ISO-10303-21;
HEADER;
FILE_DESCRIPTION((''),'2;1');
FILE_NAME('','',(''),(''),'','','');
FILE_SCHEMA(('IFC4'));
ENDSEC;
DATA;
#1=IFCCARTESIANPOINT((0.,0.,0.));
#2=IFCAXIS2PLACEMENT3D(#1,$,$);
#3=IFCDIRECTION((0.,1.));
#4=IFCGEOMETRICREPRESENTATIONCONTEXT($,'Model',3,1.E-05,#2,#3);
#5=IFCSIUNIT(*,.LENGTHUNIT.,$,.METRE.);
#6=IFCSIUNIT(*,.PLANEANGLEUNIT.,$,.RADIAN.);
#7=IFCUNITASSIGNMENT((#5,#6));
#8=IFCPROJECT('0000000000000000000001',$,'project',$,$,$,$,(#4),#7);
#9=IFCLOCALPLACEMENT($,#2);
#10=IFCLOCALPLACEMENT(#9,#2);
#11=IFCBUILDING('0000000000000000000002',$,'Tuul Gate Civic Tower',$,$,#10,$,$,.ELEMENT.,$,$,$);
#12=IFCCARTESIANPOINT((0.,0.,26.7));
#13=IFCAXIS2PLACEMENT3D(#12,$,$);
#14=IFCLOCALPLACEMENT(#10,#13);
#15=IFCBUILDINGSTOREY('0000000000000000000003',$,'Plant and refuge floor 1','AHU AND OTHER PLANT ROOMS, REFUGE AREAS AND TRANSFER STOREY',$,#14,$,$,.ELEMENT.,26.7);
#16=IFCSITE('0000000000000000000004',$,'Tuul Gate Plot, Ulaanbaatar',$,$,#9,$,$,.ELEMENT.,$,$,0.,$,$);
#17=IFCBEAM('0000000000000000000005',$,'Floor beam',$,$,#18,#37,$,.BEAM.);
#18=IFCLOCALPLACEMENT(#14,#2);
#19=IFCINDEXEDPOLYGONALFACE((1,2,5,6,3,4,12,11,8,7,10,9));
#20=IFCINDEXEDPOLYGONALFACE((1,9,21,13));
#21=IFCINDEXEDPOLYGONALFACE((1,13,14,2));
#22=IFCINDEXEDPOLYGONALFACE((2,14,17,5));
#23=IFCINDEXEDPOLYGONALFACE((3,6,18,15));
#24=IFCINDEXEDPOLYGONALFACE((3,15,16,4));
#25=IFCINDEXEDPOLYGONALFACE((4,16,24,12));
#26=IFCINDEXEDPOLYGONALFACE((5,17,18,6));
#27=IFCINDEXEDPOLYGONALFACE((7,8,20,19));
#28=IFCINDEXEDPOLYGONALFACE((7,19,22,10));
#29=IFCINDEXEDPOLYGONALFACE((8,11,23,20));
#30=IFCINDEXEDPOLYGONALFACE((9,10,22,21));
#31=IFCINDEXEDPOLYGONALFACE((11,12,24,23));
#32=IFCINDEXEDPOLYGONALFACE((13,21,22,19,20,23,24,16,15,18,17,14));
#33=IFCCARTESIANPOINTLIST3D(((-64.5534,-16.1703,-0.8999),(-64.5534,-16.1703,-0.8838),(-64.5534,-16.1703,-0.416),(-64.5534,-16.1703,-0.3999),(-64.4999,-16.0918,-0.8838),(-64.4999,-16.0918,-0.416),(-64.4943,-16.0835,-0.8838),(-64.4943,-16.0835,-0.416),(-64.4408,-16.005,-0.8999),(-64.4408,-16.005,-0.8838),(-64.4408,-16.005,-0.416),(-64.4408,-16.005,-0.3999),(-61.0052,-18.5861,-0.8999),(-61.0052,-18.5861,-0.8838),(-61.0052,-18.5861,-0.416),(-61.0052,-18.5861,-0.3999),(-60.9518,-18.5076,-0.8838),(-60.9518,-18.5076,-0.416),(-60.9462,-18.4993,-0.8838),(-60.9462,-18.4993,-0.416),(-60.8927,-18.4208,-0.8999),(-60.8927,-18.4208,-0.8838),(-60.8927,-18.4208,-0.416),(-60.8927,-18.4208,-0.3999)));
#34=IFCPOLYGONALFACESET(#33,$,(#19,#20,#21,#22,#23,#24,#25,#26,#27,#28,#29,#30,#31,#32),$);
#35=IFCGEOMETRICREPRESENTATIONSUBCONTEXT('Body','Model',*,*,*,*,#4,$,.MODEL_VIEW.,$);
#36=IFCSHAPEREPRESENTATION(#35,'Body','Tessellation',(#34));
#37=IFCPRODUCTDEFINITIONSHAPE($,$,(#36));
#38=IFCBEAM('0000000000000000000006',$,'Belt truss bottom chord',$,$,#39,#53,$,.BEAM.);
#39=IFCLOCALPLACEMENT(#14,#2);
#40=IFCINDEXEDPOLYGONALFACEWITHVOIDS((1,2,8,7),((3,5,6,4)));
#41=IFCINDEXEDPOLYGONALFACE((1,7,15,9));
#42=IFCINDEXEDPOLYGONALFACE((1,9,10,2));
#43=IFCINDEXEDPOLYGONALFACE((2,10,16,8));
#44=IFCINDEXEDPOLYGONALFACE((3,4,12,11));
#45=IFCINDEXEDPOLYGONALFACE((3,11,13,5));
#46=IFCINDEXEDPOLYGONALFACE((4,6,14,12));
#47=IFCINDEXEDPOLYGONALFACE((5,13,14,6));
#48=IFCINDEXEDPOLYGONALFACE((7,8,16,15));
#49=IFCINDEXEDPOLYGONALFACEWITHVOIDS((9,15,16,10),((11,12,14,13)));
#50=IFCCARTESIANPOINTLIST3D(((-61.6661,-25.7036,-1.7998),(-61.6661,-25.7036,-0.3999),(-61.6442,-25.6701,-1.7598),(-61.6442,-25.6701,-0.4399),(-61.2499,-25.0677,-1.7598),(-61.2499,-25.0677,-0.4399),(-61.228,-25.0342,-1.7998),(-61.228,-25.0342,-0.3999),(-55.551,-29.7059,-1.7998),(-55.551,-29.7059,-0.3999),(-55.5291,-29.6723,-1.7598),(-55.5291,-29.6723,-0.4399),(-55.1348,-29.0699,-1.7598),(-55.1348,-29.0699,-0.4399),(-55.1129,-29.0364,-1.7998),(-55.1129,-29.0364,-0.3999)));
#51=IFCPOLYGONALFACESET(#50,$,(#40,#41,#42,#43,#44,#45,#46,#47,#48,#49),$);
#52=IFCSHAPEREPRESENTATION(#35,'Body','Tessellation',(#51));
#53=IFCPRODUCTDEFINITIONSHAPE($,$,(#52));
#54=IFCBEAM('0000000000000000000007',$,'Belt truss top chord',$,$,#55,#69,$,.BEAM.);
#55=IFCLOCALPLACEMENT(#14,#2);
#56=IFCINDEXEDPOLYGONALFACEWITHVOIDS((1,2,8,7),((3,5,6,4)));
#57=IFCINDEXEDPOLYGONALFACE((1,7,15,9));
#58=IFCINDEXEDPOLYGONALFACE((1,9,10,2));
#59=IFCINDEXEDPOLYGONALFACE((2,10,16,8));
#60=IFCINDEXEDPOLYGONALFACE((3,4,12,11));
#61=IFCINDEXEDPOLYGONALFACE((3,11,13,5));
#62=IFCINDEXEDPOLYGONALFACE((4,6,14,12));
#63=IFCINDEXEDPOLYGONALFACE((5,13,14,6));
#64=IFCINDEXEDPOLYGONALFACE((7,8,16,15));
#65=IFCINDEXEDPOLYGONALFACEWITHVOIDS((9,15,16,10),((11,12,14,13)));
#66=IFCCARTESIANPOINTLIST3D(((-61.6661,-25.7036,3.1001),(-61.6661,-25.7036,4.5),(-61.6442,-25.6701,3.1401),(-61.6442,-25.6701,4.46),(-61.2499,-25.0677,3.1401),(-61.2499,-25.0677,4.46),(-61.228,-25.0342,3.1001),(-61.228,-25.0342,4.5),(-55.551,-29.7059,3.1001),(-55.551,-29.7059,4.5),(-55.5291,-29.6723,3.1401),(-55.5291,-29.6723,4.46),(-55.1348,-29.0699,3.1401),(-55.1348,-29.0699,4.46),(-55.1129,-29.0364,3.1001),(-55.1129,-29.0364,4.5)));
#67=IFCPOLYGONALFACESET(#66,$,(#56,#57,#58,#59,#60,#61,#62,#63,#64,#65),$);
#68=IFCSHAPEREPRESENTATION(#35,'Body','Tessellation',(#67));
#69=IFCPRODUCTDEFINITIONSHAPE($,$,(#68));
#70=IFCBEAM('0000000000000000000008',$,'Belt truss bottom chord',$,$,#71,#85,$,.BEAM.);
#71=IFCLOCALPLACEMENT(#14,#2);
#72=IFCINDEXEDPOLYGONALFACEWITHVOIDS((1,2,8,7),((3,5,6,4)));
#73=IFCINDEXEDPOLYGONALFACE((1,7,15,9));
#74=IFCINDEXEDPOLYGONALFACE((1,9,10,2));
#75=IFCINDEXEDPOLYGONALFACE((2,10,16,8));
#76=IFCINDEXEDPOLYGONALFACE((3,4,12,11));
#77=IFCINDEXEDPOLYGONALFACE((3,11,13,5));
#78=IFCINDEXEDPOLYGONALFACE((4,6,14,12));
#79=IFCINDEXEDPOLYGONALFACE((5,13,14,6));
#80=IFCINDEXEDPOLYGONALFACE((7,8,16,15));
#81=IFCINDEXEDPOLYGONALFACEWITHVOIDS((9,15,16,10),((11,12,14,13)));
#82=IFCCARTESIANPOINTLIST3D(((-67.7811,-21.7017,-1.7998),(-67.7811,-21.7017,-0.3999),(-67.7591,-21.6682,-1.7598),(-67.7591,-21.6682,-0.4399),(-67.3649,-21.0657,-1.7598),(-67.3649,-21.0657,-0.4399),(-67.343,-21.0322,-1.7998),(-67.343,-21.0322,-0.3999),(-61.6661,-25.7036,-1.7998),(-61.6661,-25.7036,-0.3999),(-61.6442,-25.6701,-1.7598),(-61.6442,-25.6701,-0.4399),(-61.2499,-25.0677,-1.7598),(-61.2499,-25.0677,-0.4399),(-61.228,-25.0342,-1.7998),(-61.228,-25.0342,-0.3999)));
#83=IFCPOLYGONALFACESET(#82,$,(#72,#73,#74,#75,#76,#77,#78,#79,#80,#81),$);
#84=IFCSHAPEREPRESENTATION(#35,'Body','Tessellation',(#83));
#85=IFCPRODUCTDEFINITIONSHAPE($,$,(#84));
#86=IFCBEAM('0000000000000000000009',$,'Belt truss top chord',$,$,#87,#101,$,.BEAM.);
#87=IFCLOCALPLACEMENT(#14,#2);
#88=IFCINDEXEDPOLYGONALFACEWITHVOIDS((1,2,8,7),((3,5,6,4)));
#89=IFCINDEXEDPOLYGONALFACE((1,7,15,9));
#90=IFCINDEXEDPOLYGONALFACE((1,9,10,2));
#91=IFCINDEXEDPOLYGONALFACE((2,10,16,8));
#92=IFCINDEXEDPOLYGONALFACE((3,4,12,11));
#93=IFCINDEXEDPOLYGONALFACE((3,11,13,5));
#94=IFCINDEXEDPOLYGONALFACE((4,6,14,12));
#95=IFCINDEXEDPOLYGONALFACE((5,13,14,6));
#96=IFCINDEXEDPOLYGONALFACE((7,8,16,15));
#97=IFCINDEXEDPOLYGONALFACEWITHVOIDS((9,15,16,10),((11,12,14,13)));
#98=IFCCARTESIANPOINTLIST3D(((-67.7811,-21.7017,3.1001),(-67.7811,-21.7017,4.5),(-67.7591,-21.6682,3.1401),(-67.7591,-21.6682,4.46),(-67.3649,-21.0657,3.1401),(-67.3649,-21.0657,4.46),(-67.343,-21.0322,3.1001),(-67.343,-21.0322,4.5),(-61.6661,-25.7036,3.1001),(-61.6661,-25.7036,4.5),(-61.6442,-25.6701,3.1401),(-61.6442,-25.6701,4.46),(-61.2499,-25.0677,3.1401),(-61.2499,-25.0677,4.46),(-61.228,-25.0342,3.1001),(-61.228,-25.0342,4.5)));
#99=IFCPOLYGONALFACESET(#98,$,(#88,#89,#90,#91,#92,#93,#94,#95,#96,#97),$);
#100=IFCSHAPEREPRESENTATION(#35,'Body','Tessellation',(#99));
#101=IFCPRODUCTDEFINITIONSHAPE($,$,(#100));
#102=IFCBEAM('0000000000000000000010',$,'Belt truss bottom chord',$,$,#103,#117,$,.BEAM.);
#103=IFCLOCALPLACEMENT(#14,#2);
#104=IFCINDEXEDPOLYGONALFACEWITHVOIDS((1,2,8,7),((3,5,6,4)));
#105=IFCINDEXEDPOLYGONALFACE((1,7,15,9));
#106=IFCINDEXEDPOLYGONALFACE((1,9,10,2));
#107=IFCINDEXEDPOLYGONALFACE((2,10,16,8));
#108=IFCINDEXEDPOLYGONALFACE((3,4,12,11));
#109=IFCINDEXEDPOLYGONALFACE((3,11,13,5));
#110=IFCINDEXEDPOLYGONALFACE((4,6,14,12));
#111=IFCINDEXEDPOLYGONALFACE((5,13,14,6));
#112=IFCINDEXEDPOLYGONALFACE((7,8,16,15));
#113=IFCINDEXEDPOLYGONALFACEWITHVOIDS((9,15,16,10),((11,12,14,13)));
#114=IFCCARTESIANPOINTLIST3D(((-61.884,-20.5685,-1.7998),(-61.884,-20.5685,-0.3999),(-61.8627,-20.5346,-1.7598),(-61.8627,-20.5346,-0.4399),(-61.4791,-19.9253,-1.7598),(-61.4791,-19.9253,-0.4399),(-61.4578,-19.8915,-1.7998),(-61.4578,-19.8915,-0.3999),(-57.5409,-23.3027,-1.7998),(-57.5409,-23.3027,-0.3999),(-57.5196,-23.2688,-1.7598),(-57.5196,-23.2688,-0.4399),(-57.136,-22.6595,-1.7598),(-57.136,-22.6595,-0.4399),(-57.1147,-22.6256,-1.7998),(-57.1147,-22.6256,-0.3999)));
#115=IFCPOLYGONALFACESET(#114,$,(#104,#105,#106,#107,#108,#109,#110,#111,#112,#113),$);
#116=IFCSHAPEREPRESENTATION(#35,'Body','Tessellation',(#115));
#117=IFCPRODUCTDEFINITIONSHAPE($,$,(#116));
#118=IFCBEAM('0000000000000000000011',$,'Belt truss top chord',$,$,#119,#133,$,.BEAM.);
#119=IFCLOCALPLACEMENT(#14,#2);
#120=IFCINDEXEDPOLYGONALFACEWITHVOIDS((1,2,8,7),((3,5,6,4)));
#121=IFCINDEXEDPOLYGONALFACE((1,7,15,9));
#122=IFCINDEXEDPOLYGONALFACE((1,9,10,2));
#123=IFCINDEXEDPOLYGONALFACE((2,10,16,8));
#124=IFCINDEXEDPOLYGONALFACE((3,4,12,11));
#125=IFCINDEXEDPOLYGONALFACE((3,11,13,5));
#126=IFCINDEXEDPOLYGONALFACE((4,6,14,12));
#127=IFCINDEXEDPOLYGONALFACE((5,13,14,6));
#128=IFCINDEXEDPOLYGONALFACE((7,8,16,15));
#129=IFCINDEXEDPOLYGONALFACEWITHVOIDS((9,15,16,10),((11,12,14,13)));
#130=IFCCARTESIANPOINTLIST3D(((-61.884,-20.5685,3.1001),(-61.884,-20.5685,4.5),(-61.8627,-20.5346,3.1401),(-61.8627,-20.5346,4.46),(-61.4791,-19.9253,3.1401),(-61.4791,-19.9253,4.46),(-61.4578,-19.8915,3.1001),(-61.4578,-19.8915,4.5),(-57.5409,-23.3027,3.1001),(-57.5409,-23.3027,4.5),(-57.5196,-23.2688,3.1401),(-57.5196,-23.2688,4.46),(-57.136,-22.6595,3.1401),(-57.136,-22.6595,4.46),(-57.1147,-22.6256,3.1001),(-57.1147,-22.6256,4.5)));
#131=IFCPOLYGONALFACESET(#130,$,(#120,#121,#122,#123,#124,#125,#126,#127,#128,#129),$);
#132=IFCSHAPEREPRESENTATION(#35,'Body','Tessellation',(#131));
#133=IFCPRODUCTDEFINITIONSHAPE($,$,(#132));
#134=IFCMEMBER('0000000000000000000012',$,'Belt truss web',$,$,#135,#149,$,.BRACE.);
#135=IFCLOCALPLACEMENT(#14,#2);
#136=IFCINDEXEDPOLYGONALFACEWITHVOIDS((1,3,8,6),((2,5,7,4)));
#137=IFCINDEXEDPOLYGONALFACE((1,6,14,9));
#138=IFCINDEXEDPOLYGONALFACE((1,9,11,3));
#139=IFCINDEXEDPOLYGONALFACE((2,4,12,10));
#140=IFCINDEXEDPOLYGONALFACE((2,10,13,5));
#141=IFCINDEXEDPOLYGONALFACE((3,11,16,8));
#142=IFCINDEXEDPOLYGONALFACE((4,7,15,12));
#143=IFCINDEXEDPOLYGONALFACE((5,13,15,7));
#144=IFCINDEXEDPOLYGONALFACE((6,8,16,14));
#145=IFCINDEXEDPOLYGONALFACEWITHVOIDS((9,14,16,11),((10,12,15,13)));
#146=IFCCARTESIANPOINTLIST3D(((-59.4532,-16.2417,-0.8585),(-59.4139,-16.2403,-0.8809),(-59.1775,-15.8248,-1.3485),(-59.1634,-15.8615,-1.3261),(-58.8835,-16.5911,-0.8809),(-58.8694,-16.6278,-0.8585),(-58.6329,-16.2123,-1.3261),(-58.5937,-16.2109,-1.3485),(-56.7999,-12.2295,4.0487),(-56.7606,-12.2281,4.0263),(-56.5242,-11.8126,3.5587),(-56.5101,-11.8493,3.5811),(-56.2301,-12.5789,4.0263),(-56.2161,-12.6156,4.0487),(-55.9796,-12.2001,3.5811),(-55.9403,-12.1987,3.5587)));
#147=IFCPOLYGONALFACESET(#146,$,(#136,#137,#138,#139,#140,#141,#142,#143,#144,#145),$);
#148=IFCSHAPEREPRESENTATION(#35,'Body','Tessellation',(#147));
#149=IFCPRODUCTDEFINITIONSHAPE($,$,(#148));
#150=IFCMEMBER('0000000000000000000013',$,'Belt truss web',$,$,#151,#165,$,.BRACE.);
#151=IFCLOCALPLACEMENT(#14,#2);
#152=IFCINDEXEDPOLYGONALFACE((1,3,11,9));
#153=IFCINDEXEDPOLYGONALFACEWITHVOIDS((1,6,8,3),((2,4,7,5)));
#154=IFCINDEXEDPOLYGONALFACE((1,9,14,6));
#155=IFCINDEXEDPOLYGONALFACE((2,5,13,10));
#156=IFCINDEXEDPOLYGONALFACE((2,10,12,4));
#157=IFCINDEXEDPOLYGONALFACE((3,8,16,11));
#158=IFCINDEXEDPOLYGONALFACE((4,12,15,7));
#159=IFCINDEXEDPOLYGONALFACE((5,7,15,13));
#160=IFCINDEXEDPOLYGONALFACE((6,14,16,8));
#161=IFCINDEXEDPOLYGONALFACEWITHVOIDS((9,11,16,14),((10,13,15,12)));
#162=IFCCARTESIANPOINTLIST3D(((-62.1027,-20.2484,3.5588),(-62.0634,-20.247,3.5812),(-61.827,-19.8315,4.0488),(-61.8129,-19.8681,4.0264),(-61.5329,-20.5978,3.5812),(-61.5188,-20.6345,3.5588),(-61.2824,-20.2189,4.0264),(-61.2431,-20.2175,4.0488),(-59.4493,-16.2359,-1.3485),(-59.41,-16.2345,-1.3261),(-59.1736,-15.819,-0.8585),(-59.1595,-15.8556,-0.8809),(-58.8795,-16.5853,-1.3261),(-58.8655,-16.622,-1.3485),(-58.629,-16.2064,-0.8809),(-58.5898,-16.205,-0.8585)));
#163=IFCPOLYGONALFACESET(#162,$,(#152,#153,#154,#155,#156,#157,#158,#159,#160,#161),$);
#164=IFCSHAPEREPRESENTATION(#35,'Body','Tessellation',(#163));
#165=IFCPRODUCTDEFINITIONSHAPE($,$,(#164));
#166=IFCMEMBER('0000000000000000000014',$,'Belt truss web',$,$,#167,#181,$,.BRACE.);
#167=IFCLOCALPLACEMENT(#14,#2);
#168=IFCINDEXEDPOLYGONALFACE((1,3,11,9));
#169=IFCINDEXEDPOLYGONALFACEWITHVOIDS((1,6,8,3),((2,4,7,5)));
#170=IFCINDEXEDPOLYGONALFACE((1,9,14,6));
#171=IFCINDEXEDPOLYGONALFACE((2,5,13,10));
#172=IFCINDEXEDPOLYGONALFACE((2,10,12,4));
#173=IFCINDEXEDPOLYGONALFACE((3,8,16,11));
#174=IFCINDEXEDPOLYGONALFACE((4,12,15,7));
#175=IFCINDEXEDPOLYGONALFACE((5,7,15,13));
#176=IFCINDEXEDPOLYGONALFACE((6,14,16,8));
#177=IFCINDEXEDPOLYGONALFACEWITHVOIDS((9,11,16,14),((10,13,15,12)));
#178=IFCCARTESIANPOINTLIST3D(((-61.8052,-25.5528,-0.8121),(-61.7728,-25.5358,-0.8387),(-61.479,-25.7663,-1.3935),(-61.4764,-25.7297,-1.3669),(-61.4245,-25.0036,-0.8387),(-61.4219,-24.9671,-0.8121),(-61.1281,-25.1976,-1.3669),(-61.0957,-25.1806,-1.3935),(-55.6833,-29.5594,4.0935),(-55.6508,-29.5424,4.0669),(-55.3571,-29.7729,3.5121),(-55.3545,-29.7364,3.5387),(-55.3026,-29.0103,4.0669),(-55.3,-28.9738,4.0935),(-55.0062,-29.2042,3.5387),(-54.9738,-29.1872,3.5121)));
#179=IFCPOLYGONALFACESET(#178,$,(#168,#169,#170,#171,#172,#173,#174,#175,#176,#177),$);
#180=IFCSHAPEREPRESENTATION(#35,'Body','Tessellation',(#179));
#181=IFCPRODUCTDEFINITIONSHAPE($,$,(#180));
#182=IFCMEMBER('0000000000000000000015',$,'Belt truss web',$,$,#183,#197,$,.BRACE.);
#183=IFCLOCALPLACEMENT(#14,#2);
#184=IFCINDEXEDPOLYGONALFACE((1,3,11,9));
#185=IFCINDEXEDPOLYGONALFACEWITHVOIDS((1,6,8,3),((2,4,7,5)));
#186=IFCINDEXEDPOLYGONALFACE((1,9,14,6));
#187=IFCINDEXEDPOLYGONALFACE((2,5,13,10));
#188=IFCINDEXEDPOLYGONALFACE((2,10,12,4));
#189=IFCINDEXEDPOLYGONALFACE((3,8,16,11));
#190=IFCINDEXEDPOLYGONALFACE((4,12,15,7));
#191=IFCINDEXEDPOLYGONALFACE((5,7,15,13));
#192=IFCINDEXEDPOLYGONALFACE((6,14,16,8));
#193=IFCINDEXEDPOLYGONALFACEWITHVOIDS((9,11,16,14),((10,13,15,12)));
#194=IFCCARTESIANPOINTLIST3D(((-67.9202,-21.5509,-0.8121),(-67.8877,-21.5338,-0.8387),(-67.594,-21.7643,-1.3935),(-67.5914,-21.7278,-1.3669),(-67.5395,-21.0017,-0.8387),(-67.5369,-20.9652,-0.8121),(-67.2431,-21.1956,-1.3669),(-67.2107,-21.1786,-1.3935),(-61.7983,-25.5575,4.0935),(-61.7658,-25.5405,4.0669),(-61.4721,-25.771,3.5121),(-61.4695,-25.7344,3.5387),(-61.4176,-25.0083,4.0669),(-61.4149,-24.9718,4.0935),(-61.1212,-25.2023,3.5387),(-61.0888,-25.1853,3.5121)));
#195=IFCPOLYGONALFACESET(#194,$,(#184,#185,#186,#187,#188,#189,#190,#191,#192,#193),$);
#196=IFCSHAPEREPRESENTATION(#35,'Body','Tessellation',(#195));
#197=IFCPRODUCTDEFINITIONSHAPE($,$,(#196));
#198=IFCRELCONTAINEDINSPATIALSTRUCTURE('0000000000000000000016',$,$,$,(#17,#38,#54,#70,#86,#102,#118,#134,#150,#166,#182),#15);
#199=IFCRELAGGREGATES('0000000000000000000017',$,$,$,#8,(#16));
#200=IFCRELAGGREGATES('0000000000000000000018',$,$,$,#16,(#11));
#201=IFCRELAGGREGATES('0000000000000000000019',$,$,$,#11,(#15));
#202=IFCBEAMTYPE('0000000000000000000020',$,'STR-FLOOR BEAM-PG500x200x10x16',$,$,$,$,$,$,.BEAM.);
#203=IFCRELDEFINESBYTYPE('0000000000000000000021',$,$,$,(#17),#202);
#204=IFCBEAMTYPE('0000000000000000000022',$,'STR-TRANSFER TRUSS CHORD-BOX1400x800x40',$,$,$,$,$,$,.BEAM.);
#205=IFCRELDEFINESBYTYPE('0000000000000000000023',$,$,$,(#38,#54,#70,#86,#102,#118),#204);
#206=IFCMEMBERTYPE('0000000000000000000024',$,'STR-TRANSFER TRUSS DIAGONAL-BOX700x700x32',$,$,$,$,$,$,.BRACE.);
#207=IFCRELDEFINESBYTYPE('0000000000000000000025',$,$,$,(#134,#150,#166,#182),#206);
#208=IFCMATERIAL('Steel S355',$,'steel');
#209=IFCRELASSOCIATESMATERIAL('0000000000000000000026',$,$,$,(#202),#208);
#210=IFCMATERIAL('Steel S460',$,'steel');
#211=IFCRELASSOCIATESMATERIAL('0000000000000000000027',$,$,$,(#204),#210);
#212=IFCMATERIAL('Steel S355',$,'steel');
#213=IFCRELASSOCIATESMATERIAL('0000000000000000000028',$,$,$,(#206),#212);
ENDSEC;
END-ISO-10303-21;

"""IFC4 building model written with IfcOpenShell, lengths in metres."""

from ifc_helpers import new_model, si_unit, direction, frame, origin, origin_2d, place, context, subcontext, project, spatial, hollow_rectangle, i_section, extrude, material, material_profile, profile_set, type_object, element, save


model = new_model("IFC4")

# Units and contexts
model_context = context("Model", 3, precision=1e-05, world=origin(), true_north=direction((0.0, 1.0)))
body_context = subcontext(model_context, "Body", "Model", "MODEL_VIEW")
ifc_project = project(units=[si_unit("LENGTHUNIT", "METRE"), si_unit("PLANEANGLEUNIT", "RADIAN")], contexts=[model_context])

# Site, building, storey
site_placement = place(None, origin())
site = spatial("IfcSite", under=ifc_project, at=site_placement, Name="Tuul Gate Plot, Ulaanbaatar", CompositionType="ELEMENT", RefElevation=0.0)
building_placement = place(site_placement, origin())
building = spatial("IfcBuilding", under=site, at=building_placement, Name="Tuul Gate Civic Tower", CompositionType="ELEMENT")
storey_placement = place(building_placement, frame((0.0, 0.0, 26.7)))
storey = spatial("IfcBuildingStorey", under=building, at=storey_placement, Name="Plant and refuge floor 1", Description="AHU AND OTHER PLANT ROOMS, REFUGE AREAS AND TRANSFER STOREY", CompositionType="ELEMENT", Elevation=26.7)

# Beams
ifc_material_1 = material(Name="Steel S355", Category="steel")
ifc_material_profile_1 = material_profile(ifc_material_1, i_section(OverallWidth=0.2, OverallDepth=0.5, WebThickness=0.01, FlangeThickness=0.0161, at=origin_2d()), Name="PG500x200x10x16")
ifc_profile_set_1 = profile_set([ifc_material_profile_1], Name="Steel S355")
beam_type_1 = type_object("IfcBeamType", Name="STR-FLOOR BEAM-PG500x200x10x16", PredefinedType="BEAM", material=ifc_profile_set_1)
beam_placement = place(storey_placement, frame((-60.949, -18.5034, -0.6499), z_axis=(-0.826594, 0.562798, 0.0), x_axis=(-0.562798, -0.826594, 0.0)))
element("IfcBeam", 1, at=beam_placement, inside=storey, type_object=beam_type_1, Name="Floor beam", PredefinedType="BEAM", context=body_context, shape_type="SweptSolid", body=[
    extrude(i_section(OverallWidth=0.2, OverallDepth=0.5, WebThickness=0.01, FlangeThickness=0.0161, at=origin_2d()), origin(), (0.0, 0.0, 1.0), 4.2925),
])
ifc_material_2 = material(Name="Steel S460", Category="steel")
ifc_material_profile_2 = material_profile(ifc_material_2, hollow_rectangle(XDim=0.8, YDim=1.3999, WallThickness=0.04, at=origin_2d()), Name="BOX1400x800x40")
ifc_profile_set_2 = profile_set([ifc_material_profile_2], Name="Steel S460")
beam_type_2 = type_object("IfcBeamType", Name="STR-TRANSFER TRUSS CHORD-BOX1400x800x40", PredefinedType="BEAM", material=ifc_profile_set_2)
for number, where, z_axis, x_axis, name in (
    (2, (-61.447, -25.3689, -1.0999), (0.836723, -0.547626, 0.0), (0.547626, 0.836723, 0.0), "Belt truss bottom chord"),
    (3, (-61.447, -25.3689, 3.8), (0.836723, -0.547626, 0.0), (0.547626, 0.836723, 0.0), "Belt truss top chord"),
):
    element("IfcBeam", number, at=place(storey_placement, frame(where, z_axis=z_axis, x_axis=x_axis)), inside=storey, type_object=beam_type_2, Name=name, PredefinedType="BEAM", context=body_context, shape_type="SweptSolid", body=[
        extrude(hollow_rectangle(XDim=0.8, YDim=1.3999, WallThickness=0.04, at=origin_2d()), origin(), (0.0, 0.0, 1.0), 7.3083),
    ])
for number, where, z_axis, x_axis, name in (
    (4, (-67.562, -21.3669, -1.0999), (0.836738, -0.547603, 0.0), (0.547603, 0.836738, 0.0), "Belt truss bottom chord"),
    (5, (-67.562, -21.3669, 3.8), (0.836738, -0.547603, 0.0), (0.547603, 0.836738, 0.0), "Belt truss top chord"),
):
    element("IfcBeam", number, at=place(storey_placement, frame(where, z_axis=z_axis, x_axis=x_axis)), inside=storey, type_object=beam_type_2, Name=name, PredefinedType="BEAM", context=body_context, shape_type="SweptSolid", body=[
        extrude(hollow_rectangle(XDim=0.8, YDim=1.3999, WallThickness=0.04, at=origin_2d()), origin(), (0.0, 0.0, 1.0), 7.3081),
    ])
for number, where, z_axis, x_axis, name in (
    (6, (-61.6709, -20.23, -1.0999), (0.846265, -0.532763, 0.0), (0.532763, 0.846265, 0.0), "Belt truss bottom chord"),
    (7, (-61.6709, -20.23, 3.8), (0.846265, -0.532763, 0.0), (0.532763, 0.846265, 0.0), "Belt truss top chord"),
):
    element("IfcBeam", number, at=place(storey_placement, frame(where, z_axis=z_axis, x_axis=x_axis)), inside=storey, type_object=beam_type_2, Name=name, PredefinedType="BEAM", context=body_context, shape_type="SweptSolid", body=[
        extrude(hollow_rectangle(XDim=0.8, YDim=1.3999, WallThickness=0.04, at=origin_2d()), origin(), (0.0, 0.0, 1.0), 5.1321),
    ])

# Members
ifc_material_3 = material(Name="Steel S355", Category="steel")
ifc_material_profile_3 = material_profile(ifc_material_3, hollow_rectangle(XDim=0.7, YDim=0.7, WallThickness=0.032, at=origin_2d()), Name="BOX700x700x32")
ifc_profile_set_3 = profile_set([ifc_material_profile_3], Name="Steel S355")
member_type_1 = type_object("IfcMemberType", Name="STR-TRANSFER TRUSS DIAGONAL-BOX700x700x32", PredefinedType="BRACE", material=ifc_profile_set_3)
member_1_placement = place(storey_placement, frame((-59.0234, -16.2263, -1.1035), z_axis=(0.386129, 0.583883, 0.714132), x_axis=(-0.834106, 0.551604, 0.0)))
element("IfcMember", 8, at=member_1_placement, inside=storey, type_object=member_type_1, Name="Belt truss web", PredefinedType="BRACE", context=body_context, shape_type="SweptSolid", body=[
    extrude(hollow_rectangle(XDim=0.7, YDim=0.7, WallThickness=0.032, at=origin_2d()), origin(), (0.0, 0.0, 1.0), 6.8716),
])
member_2_placement = place(storey_placement, frame((-59.0195, -16.2205, -1.1035), z_axis=(-0.386121, -0.583907, 0.714118), x_axis=(0.834121, -0.551581, 0.0)))
element("IfcMember", 9, at=member_2_placement, inside=storey, type_object=member_type_1, Name="Belt truss web", PredefinedType="BRACE", context=body_context, shape_type="SweptSolid", body=[
    extrude(hollow_rectangle(XDim=0.7, YDim=0.7, WallThickness=0.032, at=origin_2d()), origin(), (0.0, 0.0, 1.0), 6.8718),
])
for number, where, z_axis, x_axis, name in (
    (10, (-61.4504, -25.3667, -1.1028), (0.694973, -0.454844, 0.556893), (0.547619, 0.836728, 0.0), "Belt truss web"),
    (11, (-67.5654, -21.3647, -1.1028), (0.694973, -0.454844, 0.556893), (0.547619, 0.836728, 0.0), "Belt truss web"),
):
    element("IfcMember", number, at=place(storey_placement, frame(where, z_axis=z_axis, x_axis=x_axis)), inside=storey, type_object=member_type_1, Name=name, PredefinedType="BRACE", context=body_context, shape_type="SweptSolid", body=[
        extrude(hollow_rectangle(XDim=0.7, YDim=0.7, WallThickness=0.032, at=origin_2d()), origin(), (0.0, 0.0, 1.0), 8.8088),
    ])

save(model, "model.ifc")
